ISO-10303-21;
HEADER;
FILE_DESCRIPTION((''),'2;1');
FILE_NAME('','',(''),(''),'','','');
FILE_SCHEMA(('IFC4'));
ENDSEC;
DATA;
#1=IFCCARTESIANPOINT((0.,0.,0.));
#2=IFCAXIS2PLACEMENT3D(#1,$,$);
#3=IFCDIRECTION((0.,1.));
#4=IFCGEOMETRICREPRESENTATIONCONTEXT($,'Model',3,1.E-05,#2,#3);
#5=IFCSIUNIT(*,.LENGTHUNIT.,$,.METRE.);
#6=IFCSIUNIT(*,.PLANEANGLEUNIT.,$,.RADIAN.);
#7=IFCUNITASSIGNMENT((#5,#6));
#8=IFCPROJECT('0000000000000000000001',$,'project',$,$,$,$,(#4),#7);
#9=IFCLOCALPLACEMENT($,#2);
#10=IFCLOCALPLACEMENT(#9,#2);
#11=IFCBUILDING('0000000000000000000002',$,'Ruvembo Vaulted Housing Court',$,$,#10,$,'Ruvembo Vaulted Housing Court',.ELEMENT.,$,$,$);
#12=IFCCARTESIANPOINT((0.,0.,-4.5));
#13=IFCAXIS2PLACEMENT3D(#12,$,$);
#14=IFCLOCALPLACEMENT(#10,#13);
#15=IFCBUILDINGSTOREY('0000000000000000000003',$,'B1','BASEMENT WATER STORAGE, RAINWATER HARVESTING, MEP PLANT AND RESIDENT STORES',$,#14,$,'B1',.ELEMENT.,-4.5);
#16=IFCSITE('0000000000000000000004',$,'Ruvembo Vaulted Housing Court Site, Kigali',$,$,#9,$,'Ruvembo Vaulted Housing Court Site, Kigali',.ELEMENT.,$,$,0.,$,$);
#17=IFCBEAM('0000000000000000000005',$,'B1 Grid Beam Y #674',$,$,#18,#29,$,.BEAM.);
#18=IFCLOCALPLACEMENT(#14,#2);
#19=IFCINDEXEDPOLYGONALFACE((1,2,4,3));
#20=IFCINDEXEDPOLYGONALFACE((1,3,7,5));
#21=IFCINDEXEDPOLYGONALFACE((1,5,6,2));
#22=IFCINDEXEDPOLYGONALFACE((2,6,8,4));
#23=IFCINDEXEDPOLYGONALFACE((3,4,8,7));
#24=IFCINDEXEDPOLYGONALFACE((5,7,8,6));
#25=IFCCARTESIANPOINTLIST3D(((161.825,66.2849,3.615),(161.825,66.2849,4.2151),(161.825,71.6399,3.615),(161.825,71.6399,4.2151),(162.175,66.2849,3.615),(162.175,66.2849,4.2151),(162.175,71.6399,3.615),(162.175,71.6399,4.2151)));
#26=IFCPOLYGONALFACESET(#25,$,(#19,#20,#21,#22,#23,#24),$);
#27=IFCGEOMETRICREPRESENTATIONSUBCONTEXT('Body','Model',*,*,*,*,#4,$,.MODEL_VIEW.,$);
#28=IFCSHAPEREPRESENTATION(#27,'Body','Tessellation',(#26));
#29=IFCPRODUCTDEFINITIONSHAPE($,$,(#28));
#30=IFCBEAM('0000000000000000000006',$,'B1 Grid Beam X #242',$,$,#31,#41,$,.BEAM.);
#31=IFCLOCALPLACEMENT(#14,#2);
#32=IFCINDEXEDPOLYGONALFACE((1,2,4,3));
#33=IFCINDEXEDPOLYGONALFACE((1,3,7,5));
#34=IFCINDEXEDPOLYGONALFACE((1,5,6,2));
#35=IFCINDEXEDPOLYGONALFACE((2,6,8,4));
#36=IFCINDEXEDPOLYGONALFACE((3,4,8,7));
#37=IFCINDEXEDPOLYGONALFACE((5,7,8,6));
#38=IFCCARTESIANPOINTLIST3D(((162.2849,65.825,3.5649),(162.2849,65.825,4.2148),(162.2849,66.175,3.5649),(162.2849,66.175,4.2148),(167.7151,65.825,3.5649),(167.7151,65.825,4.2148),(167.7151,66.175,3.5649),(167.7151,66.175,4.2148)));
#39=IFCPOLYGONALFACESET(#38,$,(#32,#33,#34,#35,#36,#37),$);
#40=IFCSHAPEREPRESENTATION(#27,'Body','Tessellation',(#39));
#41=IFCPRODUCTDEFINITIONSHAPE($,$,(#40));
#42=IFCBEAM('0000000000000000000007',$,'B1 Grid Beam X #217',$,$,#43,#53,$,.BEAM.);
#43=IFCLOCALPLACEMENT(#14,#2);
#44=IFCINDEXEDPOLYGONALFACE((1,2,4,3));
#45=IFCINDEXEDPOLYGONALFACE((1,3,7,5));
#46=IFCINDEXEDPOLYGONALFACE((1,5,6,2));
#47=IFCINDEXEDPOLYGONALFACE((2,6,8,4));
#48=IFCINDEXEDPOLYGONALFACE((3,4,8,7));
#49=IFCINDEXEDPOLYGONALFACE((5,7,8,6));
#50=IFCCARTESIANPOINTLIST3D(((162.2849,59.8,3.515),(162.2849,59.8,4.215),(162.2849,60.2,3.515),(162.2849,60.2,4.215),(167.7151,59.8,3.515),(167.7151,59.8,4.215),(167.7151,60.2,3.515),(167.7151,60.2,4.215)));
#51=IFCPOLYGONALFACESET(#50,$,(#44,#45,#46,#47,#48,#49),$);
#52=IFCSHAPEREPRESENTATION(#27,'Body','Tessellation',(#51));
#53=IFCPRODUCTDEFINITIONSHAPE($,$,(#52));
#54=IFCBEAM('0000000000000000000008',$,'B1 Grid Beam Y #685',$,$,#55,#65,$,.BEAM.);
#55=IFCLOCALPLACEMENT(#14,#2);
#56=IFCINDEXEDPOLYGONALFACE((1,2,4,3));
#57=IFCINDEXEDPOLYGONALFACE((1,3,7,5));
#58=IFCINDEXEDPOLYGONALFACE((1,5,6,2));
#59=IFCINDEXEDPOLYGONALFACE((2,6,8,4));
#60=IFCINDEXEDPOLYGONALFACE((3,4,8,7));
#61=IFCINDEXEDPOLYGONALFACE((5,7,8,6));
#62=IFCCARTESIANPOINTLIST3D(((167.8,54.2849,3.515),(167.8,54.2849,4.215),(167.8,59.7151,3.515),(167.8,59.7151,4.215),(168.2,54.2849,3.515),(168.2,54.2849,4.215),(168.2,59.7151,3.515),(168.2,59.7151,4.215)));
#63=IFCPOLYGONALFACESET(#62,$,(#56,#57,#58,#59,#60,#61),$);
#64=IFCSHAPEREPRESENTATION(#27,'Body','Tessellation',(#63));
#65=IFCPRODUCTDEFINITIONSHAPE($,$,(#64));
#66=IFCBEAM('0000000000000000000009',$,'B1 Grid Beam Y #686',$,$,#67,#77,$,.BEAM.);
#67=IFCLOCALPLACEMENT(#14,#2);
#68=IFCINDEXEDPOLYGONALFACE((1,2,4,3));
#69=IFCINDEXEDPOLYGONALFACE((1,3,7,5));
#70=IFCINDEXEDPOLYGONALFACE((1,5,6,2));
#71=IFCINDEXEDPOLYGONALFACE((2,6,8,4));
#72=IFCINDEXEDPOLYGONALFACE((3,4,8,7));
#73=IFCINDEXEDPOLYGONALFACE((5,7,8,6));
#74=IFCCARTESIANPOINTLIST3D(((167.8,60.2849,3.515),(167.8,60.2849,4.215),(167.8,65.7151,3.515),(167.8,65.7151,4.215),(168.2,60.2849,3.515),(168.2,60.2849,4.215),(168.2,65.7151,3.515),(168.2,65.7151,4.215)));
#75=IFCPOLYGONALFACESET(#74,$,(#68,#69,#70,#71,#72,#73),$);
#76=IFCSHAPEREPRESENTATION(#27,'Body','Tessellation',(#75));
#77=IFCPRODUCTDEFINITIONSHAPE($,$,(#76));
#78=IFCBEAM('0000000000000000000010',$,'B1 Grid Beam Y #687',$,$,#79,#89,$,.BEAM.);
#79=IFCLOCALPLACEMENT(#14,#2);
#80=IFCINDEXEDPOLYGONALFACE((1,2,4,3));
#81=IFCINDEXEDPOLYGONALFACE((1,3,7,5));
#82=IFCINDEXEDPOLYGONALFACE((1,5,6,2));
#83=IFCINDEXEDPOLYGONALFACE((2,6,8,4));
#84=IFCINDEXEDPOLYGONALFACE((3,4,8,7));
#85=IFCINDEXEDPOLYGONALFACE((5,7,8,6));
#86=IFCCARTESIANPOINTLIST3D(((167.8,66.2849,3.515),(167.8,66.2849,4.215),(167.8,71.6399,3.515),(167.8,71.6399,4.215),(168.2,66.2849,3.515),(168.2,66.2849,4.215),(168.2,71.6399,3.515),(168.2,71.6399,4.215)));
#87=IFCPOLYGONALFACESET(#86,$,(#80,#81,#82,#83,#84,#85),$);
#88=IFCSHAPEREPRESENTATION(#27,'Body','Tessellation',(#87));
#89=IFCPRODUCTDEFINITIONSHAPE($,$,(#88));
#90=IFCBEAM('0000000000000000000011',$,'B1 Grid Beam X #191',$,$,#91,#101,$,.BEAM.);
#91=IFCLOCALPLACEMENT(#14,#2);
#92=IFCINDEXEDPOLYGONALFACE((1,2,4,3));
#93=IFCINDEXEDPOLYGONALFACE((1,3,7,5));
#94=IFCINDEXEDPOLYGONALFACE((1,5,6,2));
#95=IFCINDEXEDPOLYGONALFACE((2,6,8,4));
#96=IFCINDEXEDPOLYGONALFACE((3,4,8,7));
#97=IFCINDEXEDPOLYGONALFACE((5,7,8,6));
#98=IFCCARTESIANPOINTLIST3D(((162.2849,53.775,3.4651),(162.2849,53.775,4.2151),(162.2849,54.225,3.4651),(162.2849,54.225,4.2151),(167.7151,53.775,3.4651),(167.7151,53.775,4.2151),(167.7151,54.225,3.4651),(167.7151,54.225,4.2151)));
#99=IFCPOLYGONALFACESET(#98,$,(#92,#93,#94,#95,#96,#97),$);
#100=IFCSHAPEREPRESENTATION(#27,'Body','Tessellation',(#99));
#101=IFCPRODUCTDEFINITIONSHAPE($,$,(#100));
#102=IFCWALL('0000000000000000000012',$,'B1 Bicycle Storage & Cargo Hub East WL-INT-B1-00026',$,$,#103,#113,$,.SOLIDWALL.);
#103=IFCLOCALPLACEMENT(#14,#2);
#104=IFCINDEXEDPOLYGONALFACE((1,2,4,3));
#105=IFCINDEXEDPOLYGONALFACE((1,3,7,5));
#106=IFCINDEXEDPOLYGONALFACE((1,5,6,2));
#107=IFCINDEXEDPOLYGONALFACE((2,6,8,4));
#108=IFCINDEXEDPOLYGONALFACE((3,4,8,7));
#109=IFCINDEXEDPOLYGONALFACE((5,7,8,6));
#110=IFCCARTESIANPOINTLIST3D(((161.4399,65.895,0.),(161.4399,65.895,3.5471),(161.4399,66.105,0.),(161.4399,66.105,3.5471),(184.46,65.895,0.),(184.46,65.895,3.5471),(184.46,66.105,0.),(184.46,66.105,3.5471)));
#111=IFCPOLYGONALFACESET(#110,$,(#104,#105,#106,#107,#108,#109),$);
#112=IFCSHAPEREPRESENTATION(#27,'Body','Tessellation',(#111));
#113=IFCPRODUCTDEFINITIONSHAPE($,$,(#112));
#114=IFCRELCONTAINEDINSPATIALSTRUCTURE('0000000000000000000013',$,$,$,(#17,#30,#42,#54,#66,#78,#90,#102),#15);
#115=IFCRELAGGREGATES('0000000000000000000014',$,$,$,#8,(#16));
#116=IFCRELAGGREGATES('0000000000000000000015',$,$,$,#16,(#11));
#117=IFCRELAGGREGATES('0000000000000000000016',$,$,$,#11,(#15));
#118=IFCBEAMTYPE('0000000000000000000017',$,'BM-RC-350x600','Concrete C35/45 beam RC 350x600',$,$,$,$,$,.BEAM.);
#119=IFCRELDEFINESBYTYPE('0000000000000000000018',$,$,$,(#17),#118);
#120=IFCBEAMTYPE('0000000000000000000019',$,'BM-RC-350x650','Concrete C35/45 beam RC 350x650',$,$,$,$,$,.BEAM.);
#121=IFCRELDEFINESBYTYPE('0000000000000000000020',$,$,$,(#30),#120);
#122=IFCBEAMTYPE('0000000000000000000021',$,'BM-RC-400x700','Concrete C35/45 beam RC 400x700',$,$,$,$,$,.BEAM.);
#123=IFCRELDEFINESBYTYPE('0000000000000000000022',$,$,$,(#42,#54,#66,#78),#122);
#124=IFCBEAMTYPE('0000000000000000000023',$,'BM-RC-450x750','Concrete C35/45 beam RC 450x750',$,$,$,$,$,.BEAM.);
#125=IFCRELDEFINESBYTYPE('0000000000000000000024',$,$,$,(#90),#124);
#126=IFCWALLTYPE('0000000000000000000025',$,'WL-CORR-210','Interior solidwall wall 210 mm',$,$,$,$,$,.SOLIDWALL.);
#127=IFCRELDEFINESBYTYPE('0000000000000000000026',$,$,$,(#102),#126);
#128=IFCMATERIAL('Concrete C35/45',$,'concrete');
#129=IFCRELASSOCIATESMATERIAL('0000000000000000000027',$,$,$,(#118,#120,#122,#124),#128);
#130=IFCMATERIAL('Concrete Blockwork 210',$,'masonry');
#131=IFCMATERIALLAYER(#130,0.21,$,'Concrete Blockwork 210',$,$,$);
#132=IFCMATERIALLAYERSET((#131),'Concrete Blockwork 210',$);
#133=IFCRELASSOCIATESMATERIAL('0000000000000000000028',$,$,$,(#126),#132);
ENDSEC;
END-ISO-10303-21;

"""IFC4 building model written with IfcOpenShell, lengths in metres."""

from ifc_helpers import new_model, si_unit, direction, frame, frame_2d, origin, origin_2d, place, context, subcontext, project, spatial, rectangle, extrude, material, layer, layer_set, material_profile, profile_set, type_object, element, save


model = new_model("IFC4")

# Units and contexts
model_context = context("Model", 3, precision=1e-05, world=origin(), true_north=direction((0.0, 1.0)))
body_context = subcontext(model_context, "Body", "Model", "MODEL_VIEW")
ifc_project = project(units=[si_unit("LENGTHUNIT", "METRE"), si_unit("PLANEANGLEUNIT", "RADIAN")], contexts=[model_context])

# Site, building, storey
site_placement = place(None, origin())
site = spatial("IfcSite", under=ifc_project, at=site_placement, Name="Ruvembo Vaulted Housing Court Site, Kigali", LongName="Ruvembo Vaulted Housing Court Site, Kigali", CompositionType="ELEMENT", RefElevation=0.0)
building_placement = place(site_placement, origin())
building = spatial("IfcBuilding", under=site, at=building_placement, Name="Ruvembo Vaulted Housing Court", LongName="Ruvembo Vaulted Housing Court", CompositionType="ELEMENT")
storey_placement = place(building_placement, frame((0.0, 0.0, -4.5)))
storey = spatial("IfcBuildingStorey", under=building, at=storey_placement, Name="B1", Description="BASEMENT WATER STORAGE, RAINWATER HARVESTING, MEP PLANT AND RESIDENT STORES", LongName="B1", CompositionType="ELEMENT", Elevation=-4.5)

# Shared definitions
ifc_material_1 = material(Name="Concrete C35/45", Category="concrete")

# Beams
ifc_material_profile_1 = material_profile(ifc_material_1, rectangle(XDim=0.3501, YDim=0.6001, at=origin_2d()), Name="RC 350x600")
ifc_profile_set_1 = profile_set([ifc_material_profile_1], Name="Concrete C35/45")
beam_type_1 = type_object("IfcBeamType", Name="BM-RC-350x600", Description="Concrete C35/45 beam RC 350x600", PredefinedType="BEAM", material=ifc_profile_set_1)
beam_1_placement = place(storey_placement, frame((162.0, 66.2849, 3.915), z_axis=(0.0, 1.0, 0.0), x_axis=(-1.0, 0.0, 0.0)))
element("IfcBeam", 1, at=beam_1_placement, inside=storey, type_object=beam_type_1, Name="B1 Grid Beam Y #674", PredefinedType="BEAM", context=body_context, shape_type="SweptSolid", body=[
    extrude(rectangle(XDim=0.3501, YDim=0.6001, at=origin_2d()), origin(), (0.0, 0.0, 1.0), 5.355),
])
ifc_material_profile_2 = material_profile(ifc_material_1, rectangle(XDim=0.3501, YDim=0.6499, at=origin_2d()), Name="RC 350x650")
ifc_profile_set_2 = profile_set([ifc_material_profile_2], Name="Concrete C35/45")
beam_type_2 = type_object("IfcBeamType", Name="BM-RC-350x650", Description="Concrete C35/45 beam RC 350x650", PredefinedType="BEAM", material=ifc_profile_set_2)
beam_2_placement = place(storey_placement, frame((162.2849, 66.0, 3.8899), z_axis=(1.0, 0.0, 0.0), x_axis=(0.0, 1.0, 0.0)))
element("IfcBeam", 2, at=beam_2_placement, inside=storey, type_object=beam_type_2, Name="B1 Grid Beam X #242", PredefinedType="BEAM", context=body_context, shape_type="SweptSolid", body=[
    extrude(rectangle(XDim=0.3501, YDim=0.6499, at=origin_2d()), origin(), (0.0, 0.0, 1.0), 5.4302),
])
ifc_material_profile_3 = material_profile(ifc_material_1, rectangle(XDim=0.3999, YDim=0.7, at=origin_2d()), Name="RC 400x700")
ifc_profile_set_3 = profile_set([ifc_material_profile_3], Name="Concrete C35/45")
beam_type_3 = type_object("IfcBeamType", Name="BM-RC-400x700", Description="Concrete C35/45 beam RC 400x700", PredefinedType="BEAM", material=ifc_profile_set_3)
for number, where, z_axis, x_axis, name in (
    (3, (162.2849, 60.0, 3.865), (1.0, 0.0, 0.0), (0.0, 1.0, 0.0), "B1 Grid Beam X #217"),
    (4, (168.0, 54.2849, 3.865), (0.0, 1.0, 0.0), (-1.0, 0.0, 0.0), "B1 Grid Beam Y #685"),
    (5, (168.0, 60.2849, 3.865), (0.0, 1.0, 0.0), (-1.0, 0.0, 0.0), "B1 Grid Beam Y #686"),
):
    element("IfcBeam", number, at=place(storey_placement, frame(where, z_axis=z_axis, x_axis=x_axis)), inside=storey, type_object=beam_type_3, Name=name, PredefinedType="BEAM", context=body_context, shape_type="SweptSolid", body=[
        extrude(rectangle(XDim=0.3999, YDim=0.7, at=origin_2d()), origin(), (0.0, 0.0, 1.0), 5.4302),
    ])
beam_3_placement = place(storey_placement, frame((168.0, 66.2849, 3.865), z_axis=(0.0, 1.0, 0.0), x_axis=(-1.0, 0.0, 0.0)))
element("IfcBeam", 6, at=beam_3_placement, inside=storey, type_object=beam_type_3, Name="B1 Grid Beam Y #687", PredefinedType="BEAM", context=body_context, shape_type="SweptSolid", body=[
    extrude(rectangle(XDim=0.3999, YDim=0.7, at=origin_2d()), origin(), (0.0, 0.0, 1.0), 5.355),
])
ifc_material_profile_4 = material_profile(ifc_material_1, rectangle(XDim=0.45, YDim=0.75, at=origin_2d()), Name="RC 450x750")
ifc_profile_set_4 = profile_set([ifc_material_profile_4], Name="Concrete C35/45")
beam_type_4 = type_object("IfcBeamType", Name="BM-RC-450x750", Description="Concrete C35/45 beam RC 450x750", PredefinedType="BEAM", material=ifc_profile_set_4)
beam_4_placement = place(storey_placement, frame((162.2849, 54.0, 3.8401), z_axis=(1.0, 0.0, 0.0), x_axis=(0.0, 1.0, 0.0)))
element("IfcBeam", 7, at=beam_4_placement, inside=storey, type_object=beam_type_4, Name="B1 Grid Beam X #191", PredefinedType="BEAM", context=body_context, shape_type="SweptSolid", body=[
    extrude(rectangle(XDim=0.45, YDim=0.75, at=origin_2d()), origin(), (0.0, 0.0, 1.0), 5.4302),
])

# Wall
ifc_material_2 = material(Name="Concrete Blockwork 210", Category="masonry")
ifc_layer = layer(ifc_material_2, 0.21, Name="Concrete Blockwork 210")
ifc_layer_set = layer_set([ifc_layer], Name="Concrete Blockwork 210")
wall_type = type_object("IfcWallType", Name="WL-CORR-210", Description="Interior solidwall wall 210 mm", PredefinedType="SOLIDWALL", material=ifc_layer_set)
wall_placement = place(storey_placement, frame((161.4399, 66.0, 0.0), z_axis=(0.0, 0.0, 1.0), x_axis=(1.0, 0.0, 0.0)))
element("IfcWall", 8, at=wall_placement, inside=storey, type_object=wall_type, Name="B1 Bicycle Storage & Cargo Hub East WL-INT-B1-00026", PredefinedType="SOLIDWALL", context=body_context, shape_type="SweptSolid", body=[
    extrude(rectangle(XDim=23.02, YDim=0.21, at=frame_2d((11.51, 0.0))), origin(), (0.0, 0.0, 1.0), 3.5471),
])

save(model, "model.ifc")
